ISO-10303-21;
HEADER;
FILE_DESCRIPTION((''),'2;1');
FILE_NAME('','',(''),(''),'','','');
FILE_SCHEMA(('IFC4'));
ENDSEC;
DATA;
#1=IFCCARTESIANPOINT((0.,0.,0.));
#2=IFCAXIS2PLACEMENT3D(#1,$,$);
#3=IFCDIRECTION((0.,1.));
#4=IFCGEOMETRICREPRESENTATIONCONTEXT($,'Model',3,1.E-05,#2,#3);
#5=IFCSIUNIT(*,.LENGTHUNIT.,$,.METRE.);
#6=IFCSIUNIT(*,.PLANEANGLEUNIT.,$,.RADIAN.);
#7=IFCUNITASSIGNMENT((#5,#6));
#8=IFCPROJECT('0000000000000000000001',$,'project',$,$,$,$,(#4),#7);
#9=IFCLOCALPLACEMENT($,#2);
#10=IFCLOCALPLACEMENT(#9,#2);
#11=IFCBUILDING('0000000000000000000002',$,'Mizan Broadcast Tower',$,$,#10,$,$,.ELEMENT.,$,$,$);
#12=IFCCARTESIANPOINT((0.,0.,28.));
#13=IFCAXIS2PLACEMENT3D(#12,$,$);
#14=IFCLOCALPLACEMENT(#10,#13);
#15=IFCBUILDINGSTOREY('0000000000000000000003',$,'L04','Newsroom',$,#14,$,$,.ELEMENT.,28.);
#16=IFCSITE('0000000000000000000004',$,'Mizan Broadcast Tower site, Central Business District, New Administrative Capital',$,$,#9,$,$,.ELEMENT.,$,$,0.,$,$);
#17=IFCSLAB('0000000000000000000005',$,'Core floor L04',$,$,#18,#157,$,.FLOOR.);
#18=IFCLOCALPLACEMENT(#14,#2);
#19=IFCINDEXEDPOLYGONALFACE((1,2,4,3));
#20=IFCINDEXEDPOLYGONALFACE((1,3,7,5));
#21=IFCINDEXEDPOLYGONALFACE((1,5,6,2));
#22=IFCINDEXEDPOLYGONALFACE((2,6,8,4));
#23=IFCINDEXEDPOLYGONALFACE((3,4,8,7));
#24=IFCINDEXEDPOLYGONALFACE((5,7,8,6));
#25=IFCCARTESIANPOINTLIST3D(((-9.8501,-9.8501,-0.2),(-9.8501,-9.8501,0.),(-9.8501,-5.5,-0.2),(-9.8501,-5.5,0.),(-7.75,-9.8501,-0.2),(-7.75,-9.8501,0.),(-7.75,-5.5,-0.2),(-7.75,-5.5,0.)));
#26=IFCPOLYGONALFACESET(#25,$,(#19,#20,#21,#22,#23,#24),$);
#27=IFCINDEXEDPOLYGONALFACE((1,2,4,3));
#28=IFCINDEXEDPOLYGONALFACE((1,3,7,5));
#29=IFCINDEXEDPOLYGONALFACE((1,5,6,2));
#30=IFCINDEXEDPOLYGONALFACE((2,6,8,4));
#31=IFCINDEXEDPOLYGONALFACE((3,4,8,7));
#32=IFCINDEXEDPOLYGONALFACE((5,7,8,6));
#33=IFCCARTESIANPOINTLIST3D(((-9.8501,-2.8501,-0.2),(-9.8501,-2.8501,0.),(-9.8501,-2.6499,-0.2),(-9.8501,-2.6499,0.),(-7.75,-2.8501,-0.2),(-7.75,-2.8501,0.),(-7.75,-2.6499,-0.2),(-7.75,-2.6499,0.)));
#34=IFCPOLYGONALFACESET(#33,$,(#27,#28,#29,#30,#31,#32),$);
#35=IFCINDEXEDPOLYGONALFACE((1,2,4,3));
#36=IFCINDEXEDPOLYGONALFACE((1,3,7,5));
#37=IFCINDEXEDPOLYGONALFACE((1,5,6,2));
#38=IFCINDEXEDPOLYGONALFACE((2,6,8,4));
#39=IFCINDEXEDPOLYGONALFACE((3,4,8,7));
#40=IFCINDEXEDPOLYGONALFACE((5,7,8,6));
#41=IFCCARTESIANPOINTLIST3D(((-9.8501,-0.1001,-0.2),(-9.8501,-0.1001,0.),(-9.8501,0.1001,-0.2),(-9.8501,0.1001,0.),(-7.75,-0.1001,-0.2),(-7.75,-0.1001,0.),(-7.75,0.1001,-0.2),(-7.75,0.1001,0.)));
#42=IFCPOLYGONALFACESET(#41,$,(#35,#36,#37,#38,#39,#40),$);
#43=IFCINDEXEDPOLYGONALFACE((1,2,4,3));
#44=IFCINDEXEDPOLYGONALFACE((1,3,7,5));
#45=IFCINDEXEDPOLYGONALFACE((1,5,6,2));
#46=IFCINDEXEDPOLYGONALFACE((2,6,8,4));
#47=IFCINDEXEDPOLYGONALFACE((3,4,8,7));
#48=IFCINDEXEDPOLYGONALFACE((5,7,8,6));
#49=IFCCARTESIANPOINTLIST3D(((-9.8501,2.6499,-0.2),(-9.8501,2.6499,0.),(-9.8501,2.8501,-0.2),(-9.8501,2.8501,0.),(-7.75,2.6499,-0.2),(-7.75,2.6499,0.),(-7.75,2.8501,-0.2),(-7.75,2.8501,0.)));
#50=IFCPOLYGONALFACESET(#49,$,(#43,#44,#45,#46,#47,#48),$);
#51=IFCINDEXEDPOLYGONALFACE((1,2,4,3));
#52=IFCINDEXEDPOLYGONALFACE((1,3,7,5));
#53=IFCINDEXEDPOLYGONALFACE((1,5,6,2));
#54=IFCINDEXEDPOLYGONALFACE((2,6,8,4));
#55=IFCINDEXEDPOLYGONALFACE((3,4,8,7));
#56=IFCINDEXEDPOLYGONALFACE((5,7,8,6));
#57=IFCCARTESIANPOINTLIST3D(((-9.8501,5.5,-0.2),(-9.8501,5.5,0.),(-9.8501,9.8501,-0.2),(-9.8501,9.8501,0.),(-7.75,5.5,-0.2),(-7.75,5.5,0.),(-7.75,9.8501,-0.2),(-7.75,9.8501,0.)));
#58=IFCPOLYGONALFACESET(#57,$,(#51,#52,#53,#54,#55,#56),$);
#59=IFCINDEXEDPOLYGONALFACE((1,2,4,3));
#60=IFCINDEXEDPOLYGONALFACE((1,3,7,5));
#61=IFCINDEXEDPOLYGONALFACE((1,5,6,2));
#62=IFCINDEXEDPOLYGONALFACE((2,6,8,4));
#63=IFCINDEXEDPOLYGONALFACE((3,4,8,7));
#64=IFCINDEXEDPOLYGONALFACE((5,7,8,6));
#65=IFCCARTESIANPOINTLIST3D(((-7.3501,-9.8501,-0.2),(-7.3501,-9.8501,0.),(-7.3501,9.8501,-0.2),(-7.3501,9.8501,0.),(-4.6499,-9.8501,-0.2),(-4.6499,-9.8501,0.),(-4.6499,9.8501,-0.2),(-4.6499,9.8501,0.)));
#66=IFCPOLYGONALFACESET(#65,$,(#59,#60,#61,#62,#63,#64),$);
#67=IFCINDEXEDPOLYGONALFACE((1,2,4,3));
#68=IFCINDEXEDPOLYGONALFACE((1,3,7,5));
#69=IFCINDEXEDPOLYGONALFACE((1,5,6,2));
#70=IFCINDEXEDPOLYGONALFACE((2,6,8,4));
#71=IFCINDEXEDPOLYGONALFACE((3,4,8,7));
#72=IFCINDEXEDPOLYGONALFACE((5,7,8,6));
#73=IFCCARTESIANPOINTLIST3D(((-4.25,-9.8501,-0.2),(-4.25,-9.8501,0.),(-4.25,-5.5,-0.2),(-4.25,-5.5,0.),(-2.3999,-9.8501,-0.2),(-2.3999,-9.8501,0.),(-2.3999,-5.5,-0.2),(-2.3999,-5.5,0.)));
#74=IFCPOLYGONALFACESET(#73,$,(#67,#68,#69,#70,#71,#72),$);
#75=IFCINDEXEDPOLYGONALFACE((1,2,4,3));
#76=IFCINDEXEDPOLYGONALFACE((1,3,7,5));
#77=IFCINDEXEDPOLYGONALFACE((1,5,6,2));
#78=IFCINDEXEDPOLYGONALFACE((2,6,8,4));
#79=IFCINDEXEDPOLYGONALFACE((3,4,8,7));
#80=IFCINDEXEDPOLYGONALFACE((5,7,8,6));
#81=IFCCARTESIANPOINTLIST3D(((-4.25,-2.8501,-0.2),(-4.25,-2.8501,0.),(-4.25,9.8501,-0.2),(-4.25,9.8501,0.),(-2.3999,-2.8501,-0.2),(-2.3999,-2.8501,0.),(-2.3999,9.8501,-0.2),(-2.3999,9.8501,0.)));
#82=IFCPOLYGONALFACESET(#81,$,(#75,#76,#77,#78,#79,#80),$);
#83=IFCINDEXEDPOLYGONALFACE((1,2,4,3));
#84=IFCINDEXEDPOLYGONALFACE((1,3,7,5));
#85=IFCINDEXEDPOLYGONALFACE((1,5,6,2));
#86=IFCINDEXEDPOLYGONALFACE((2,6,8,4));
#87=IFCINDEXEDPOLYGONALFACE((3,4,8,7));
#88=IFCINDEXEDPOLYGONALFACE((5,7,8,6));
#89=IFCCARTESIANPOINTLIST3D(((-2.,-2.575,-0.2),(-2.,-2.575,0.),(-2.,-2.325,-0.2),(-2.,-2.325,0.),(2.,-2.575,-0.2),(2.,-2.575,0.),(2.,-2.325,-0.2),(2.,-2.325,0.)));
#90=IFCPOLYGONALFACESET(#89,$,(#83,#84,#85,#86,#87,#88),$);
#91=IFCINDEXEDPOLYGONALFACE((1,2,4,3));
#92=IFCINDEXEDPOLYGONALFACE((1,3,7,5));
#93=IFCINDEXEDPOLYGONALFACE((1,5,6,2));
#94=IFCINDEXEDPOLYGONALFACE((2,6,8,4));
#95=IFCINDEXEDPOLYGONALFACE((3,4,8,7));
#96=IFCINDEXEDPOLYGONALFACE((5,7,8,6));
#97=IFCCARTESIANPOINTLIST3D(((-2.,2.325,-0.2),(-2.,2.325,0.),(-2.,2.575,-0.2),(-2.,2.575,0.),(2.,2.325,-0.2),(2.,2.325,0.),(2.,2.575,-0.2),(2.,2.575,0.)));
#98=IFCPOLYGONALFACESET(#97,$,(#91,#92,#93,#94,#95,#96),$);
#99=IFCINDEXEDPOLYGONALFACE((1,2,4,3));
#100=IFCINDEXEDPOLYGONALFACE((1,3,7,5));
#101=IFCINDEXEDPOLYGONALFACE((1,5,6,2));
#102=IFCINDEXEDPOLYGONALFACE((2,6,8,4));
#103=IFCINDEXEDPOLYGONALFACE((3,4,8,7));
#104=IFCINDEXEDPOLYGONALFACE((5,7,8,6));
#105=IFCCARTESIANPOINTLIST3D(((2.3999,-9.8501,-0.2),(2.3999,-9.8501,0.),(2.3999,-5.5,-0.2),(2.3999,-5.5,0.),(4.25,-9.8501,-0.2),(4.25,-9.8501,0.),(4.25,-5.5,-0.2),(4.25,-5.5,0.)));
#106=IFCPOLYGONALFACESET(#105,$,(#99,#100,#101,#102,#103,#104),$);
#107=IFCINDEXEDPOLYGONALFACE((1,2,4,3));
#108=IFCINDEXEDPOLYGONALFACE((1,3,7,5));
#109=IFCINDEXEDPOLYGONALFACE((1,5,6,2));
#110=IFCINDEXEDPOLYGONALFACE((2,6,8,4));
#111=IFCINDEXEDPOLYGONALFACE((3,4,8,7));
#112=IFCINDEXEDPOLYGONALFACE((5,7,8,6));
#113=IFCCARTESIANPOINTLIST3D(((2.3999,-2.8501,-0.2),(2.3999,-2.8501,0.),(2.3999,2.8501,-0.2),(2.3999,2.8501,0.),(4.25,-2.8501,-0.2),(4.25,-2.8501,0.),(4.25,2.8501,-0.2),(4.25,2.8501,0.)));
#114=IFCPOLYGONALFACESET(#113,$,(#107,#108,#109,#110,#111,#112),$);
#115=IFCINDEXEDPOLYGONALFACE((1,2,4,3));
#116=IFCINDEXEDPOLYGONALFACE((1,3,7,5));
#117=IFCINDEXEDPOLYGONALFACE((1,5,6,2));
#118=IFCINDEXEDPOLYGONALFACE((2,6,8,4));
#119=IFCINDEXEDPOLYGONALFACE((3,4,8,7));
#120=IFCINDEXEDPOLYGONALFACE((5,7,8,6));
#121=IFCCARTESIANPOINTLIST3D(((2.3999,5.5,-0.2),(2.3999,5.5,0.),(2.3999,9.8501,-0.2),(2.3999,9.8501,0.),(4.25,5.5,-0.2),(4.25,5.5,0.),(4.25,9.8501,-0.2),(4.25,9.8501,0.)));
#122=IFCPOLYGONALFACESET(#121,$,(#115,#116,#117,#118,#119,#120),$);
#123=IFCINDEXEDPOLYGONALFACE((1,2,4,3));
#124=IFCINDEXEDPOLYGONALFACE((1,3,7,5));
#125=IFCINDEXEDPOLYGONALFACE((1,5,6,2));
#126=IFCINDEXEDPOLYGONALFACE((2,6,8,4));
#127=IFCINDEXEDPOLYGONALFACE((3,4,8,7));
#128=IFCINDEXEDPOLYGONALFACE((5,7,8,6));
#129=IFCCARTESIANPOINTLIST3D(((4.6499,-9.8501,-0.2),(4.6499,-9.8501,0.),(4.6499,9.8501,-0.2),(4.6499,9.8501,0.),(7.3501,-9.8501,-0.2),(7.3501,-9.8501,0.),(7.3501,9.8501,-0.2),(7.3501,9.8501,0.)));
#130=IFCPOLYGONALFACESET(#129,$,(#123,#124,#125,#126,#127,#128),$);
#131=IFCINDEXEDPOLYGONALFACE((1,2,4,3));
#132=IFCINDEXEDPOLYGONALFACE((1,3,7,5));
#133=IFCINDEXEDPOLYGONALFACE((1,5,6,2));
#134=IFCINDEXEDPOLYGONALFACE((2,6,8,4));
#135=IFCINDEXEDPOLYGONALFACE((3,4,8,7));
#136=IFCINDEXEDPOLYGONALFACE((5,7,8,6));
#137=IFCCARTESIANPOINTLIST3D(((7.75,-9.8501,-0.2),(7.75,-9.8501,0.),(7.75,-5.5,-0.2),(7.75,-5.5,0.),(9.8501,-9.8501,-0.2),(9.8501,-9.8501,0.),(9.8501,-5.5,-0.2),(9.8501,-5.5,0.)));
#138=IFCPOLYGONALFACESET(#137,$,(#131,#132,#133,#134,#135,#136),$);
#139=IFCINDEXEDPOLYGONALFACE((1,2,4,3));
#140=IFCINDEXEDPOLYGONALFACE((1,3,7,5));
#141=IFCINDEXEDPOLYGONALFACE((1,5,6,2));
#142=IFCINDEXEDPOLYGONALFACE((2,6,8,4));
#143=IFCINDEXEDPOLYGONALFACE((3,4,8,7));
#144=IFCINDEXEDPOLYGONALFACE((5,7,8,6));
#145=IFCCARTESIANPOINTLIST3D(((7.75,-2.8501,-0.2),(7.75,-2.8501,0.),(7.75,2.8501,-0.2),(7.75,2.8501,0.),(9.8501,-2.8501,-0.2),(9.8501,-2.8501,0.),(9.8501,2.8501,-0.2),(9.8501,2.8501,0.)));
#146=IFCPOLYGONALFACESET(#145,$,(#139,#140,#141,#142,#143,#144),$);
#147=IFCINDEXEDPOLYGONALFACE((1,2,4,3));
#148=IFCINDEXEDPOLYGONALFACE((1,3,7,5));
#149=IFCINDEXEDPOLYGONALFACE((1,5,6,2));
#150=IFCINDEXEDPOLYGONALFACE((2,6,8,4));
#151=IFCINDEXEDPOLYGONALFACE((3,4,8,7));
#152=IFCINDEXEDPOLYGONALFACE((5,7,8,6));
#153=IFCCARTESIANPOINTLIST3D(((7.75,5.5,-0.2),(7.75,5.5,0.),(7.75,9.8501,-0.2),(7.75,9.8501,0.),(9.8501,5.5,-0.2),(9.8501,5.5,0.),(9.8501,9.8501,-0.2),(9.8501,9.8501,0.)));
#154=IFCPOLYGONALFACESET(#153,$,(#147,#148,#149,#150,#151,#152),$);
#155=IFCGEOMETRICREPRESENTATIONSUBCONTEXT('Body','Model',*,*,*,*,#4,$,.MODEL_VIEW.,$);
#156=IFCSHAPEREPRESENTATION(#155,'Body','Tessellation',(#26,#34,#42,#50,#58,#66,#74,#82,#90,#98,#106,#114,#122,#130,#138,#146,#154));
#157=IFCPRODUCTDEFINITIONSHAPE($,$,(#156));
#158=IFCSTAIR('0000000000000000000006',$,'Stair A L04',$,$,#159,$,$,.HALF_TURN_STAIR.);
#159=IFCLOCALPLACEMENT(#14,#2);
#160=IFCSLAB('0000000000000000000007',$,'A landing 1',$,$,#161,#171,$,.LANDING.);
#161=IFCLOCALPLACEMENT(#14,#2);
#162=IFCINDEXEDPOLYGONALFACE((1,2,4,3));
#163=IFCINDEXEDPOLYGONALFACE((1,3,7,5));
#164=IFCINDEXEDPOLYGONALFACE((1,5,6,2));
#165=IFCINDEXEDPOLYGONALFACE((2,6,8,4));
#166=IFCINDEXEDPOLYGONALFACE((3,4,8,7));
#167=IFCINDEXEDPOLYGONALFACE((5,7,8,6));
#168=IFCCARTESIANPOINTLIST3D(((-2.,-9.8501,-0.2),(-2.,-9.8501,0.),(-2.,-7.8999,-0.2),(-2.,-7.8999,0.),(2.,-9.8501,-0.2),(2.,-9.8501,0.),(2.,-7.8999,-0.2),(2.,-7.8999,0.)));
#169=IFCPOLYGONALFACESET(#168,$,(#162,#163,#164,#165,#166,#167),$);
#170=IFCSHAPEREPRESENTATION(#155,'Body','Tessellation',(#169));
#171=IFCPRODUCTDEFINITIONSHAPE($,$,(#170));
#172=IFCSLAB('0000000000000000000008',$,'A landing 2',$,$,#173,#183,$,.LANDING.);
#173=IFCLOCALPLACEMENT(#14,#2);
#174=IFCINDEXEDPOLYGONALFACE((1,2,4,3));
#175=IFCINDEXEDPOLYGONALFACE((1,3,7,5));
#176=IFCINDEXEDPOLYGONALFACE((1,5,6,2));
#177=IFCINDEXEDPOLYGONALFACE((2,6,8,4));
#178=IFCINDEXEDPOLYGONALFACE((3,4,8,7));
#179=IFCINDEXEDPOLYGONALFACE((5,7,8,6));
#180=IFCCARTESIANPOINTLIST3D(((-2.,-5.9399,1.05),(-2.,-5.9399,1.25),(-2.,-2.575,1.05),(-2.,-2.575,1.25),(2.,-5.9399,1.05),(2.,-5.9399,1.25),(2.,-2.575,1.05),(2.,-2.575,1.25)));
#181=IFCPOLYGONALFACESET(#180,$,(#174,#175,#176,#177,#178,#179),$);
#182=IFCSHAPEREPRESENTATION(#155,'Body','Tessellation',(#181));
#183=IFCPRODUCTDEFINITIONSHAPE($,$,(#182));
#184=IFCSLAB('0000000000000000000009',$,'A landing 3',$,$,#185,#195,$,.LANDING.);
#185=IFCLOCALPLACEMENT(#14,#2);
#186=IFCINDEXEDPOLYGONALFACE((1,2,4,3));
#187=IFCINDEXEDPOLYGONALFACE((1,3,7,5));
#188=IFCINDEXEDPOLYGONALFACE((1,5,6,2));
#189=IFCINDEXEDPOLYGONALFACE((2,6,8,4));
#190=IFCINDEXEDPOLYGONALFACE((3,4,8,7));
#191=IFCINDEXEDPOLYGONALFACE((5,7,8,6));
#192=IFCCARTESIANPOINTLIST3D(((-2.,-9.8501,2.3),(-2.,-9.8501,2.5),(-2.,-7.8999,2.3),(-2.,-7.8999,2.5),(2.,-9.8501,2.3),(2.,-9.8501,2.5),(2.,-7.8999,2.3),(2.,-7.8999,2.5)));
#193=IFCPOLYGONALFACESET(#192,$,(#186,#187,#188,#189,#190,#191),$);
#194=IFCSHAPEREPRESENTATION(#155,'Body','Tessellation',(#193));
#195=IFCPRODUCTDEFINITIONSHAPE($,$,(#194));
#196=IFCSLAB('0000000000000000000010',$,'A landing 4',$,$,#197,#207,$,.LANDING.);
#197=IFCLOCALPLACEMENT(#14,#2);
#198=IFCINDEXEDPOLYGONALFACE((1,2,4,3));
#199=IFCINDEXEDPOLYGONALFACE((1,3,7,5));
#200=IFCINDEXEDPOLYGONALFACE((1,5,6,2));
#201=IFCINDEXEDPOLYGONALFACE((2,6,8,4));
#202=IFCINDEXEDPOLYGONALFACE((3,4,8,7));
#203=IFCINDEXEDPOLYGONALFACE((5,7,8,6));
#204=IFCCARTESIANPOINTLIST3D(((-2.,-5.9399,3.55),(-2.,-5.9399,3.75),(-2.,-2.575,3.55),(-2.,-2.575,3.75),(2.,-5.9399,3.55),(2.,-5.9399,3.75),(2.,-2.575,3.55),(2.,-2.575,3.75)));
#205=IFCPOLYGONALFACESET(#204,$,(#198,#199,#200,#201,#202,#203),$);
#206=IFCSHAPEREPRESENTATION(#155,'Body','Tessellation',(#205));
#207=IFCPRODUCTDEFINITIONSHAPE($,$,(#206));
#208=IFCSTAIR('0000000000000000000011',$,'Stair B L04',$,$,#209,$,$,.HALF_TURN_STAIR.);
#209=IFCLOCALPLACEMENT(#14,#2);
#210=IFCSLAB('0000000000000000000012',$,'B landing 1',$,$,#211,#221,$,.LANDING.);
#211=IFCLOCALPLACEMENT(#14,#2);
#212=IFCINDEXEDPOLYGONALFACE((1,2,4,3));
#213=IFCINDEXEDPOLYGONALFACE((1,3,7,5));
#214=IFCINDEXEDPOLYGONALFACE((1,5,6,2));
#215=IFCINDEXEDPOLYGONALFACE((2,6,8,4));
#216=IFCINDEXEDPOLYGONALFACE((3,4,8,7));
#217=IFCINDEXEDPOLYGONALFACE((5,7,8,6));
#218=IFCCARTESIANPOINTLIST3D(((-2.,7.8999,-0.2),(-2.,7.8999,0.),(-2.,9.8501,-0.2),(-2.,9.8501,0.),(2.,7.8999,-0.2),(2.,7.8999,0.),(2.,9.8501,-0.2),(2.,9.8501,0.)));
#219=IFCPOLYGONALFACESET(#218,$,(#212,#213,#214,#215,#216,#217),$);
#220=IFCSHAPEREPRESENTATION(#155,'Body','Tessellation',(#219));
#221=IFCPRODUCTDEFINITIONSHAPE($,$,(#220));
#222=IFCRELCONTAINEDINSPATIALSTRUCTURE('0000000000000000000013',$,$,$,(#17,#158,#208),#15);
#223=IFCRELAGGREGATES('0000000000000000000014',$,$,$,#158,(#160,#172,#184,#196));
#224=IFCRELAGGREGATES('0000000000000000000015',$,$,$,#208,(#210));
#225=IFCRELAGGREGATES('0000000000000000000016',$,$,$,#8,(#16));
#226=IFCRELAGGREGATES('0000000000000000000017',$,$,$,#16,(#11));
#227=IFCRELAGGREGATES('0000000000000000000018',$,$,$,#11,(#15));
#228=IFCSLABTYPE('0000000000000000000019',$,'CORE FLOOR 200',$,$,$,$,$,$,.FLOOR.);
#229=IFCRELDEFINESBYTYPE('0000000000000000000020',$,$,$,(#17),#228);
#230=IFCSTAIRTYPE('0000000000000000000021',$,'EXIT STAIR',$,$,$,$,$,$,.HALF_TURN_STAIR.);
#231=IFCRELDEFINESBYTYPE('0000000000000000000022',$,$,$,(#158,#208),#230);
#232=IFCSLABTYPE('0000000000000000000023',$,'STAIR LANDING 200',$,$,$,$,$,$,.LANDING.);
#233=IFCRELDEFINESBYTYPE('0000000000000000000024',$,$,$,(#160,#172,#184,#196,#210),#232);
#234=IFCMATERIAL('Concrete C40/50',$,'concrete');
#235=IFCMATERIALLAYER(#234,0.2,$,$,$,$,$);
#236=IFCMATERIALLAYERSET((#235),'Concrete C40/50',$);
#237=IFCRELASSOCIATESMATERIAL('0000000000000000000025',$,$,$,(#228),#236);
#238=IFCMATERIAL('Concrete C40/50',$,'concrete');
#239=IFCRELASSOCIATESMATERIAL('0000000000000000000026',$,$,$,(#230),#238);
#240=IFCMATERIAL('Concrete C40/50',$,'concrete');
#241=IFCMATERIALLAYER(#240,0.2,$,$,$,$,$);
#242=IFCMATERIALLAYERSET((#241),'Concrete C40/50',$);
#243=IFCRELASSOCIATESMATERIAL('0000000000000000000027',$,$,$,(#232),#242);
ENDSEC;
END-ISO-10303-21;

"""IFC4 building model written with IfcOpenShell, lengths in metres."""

from ifc_helpers import new_model, si_unit, direction, frame, origin, place, context, subcontext, project, spatial, polyline, outline, extrude, material, layer, layer_set, type_object, element, aggregate, save


model = new_model("IFC4")

# Units and contexts
model_context = context("Model", 3, precision=1e-05, world=origin(), true_north=direction((0.0, 1.0)))
body_context = subcontext(model_context, "Body", "Model", "MODEL_VIEW")
ifc_project = project(units=[si_unit("LENGTHUNIT", "METRE"), si_unit("PLANEANGLEUNIT", "RADIAN")], contexts=[model_context])

# Site, building, storey
site_placement = place(None, origin())
site = spatial("IfcSite", under=ifc_project, at=site_placement, Name="Mizan Broadcast Tower site, Central Business District, New Administrative Capital", CompositionType="ELEMENT", RefElevation=0.0)
building_placement = place(site_placement, origin())
building = spatial("IfcBuilding", under=site, at=building_placement, Name="Mizan Broadcast Tower", CompositionType="ELEMENT")
storey_placement = place(building_placement, frame((0.0, 0.0, 28.0)))
storey = spatial("IfcBuildingStorey", under=building, at=storey_placement, Name="L04", Description="Newsroom", CompositionType="ELEMENT", Elevation=28.0)

# Slab
ifc_material_1 = material(Name="Concrete C40/50", Category="concrete")
ifc_layer_1 = layer(ifc_material_1, 0.2)
ifc_layer_set_1 = layer_set([ifc_layer_1], Name="Concrete C40/50")
slab_type_1 = type_object("IfcSlabType", Name="CORE FLOOR 200", PredefinedType="FLOOR", material=ifc_layer_set_1)
slab_1_placement = place(storey_placement, frame((0.0, 0.0, -0.2)))
element("IfcSlab", 1, at=slab_1_placement, inside=storey, type_object=slab_type_1, Name="Core floor L04", PredefinedType="FLOOR", context=body_context, shape_type="SweptSolid", body=[
    extrude(outline(polyline([(-9.8501, -9.8501), (-7.75, -9.8501), (-7.75, -5.5), (-9.8501, -5.5), (-9.8501, -9.8501)])), origin(), (0.0, 0.0, 1.0), 0.2),
    extrude(outline(polyline([(-9.8501, -2.8501), (-7.75, -2.8501), (-7.75, -2.6499), (-9.8501, -2.6499), (-9.8501, -2.8501)])), origin(), (0.0, 0.0, 1.0), 0.2),
    extrude(outline(polyline([(-9.8501, -0.1001), (-7.75, -0.1001), (-7.75, 0.1001), (-9.8501, 0.1001), (-9.8501, -0.1001)])), origin(), (0.0, 0.0, 1.0), 0.2),
    extrude(outline(polyline([(-9.8501, 2.6499), (-7.75, 2.6499), (-7.75, 2.8501), (-9.8501, 2.8501), (-9.8501, 2.6499)])), origin(), (0.0, 0.0, 1.0), 0.2),
    extrude(outline(polyline([(-9.8501, 5.5), (-7.75, 5.5), (-7.75, 9.8501), (-9.8501, 9.8501), (-9.8501, 5.5)])), origin(), (0.0, 0.0, 1.0), 0.2),
    extrude(outline(polyline([(-4.6499, 9.8501), (-7.3501, 9.8501), (-7.3501, -9.8501), (-4.6499, -9.8501), (-4.6499, 9.8501)])), origin(), (0.0, 0.0, 1.0), 0.2),
    extrude(outline(polyline([(-4.25, -5.5), (-4.25, -9.8501), (-2.3999, -9.8501), (-2.3999, -5.5), (-4.25, -5.5)])), origin(), (0.0, 0.0, 1.0), 0.2),
    extrude(outline(polyline([(-4.25, -2.8501), (-2.3999, -2.8501), (-2.3999, 9.8501), (-4.25, 9.8501), (-4.25, -2.8501)])), origin(), (0.0, 0.0, 1.0), 0.2),
    extrude(outline(polyline([(2.0, -2.325), (-2.0, -2.325), (-2.0, -2.575), (2.0, -2.575), (2.0, -2.325)])), origin(), (0.0, 0.0, 1.0), 0.2),
    extrude(outline(polyline([(2.0, 2.575), (-2.0, 2.575), (-2.0, 2.325), (2.0, 2.325), (2.0, 2.575)])), origin(), (0.0, 0.0, 1.0), 0.2),
    extrude(outline(polyline([(4.25, -9.8501), (4.25, -5.5), (2.3999, -5.5), (2.3999, -9.8501), (4.25, -9.8501)])), origin(), (0.0, 0.0, 1.0), 0.2),
    extrude(outline(polyline([(4.25, -2.8501), (4.25, 2.8501), (2.3999, 2.8501), (2.3999, -2.8501), (4.25, -2.8501)])), origin(), (0.0, 0.0, 1.0), 0.2),
    extrude(outline(polyline([(4.25, 5.5), (4.25, 9.8501), (2.3999, 9.8501), (2.3999, 5.5), (4.25, 5.5)])), origin(), (0.0, 0.0, 1.0), 0.2),
    extrude(outline(polyline([(4.6499, 9.8501), (4.6499, -9.8501), (7.3501, -9.8501), (7.3501, 9.8501), (4.6499, 9.8501)])), origin(), (0.0, 0.0, 1.0), 0.2),
    extrude(outline(polyline([(9.8501, -9.8501), (9.8501, -5.5), (7.75, -5.5), (7.75, -9.8501), (9.8501, -9.8501)])), origin(), (0.0, 0.0, 1.0), 0.2),
    extrude(outline(polyline([(7.75, 2.8501), (7.75, -2.8501), (9.8501, -2.8501), (9.8501, 2.8501), (7.75, 2.8501)])), origin(), (0.0, 0.0, 1.0), 0.2),
    extrude(outline(polyline([(9.8501, 5.5), (9.8501, 9.8501), (7.75, 9.8501), (7.75, 5.5), (9.8501, 5.5)])), origin(), (0.0, 0.0, 1.0), 0.2),
])

# Stairs, slabs
ifc_material_2 = material(Name="Concrete C40/50", Category="concrete")
stair_type = type_object("IfcStairType", Name="EXIT STAIR", PredefinedType="HALF_TURN_STAIR", material=ifc_material_2)
stair_1_placement = place(storey_placement, origin())
stair_1 = element("IfcStair", 2, at=stair_1_placement, inside=storey, type_object=stair_type, Name="Stair A L04", PredefinedType="HALF_TURN_STAIR")
ifc_material_3 = material(Name="Concrete C40/50", Category="concrete")
ifc_layer_2 = layer(ifc_material_3, 0.2)
ifc_layer_set_2 = layer_set([ifc_layer_2], Name="Concrete C40/50")
slab_type_2 = type_object("IfcSlabType", Name="STAIR LANDING 200", PredefinedType="LANDING", material=ifc_layer_set_2)
slab_2_placement = place(storey_placement, frame((0.0, 0.0, -0.2)))
slab_2 = element("IfcSlab", 3, at=slab_2_placement, type_object=slab_type_2, Name="A landing 1", PredefinedType="LANDING", context=body_context, shape_type="SweptSolid", body=[
    extrude(outline(polyline([(-2.0, -9.8501), (-2.0, -7.8999), (2.0, -7.8999), (2.0, -9.8501), (-2.0, -9.8501)])), origin(), (0.0, 0.0, 1.0), 0.2),
])
slab_3_placement = place(storey_placement, frame((0.0, 0.0, 1.05)))
slab_3 = element("IfcSlab", 4, at=slab_3_placement, type_object=slab_type_2, Name="A landing 2", PredefinedType="LANDING", context=body_context, shape_type="SweptSolid", body=[
    extrude(outline(polyline([(-2.0, -5.9399), (-2.0, -2.575), (2.0, -2.575), (2.0, -5.9399), (-2.0, -5.9399)])), origin(), (0.0, 0.0, 1.0), 0.2),
])
slab_4_placement = place(storey_placement, frame((0.0, 0.0, 2.3)))
slab_4 = element("IfcSlab", 5, at=slab_4_placement, type_object=slab_type_2, Name="A landing 3", PredefinedType="LANDING", context=body_context, shape_type="SweptSolid", body=[
    extrude(outline(polyline([(-2.0, -9.8501), (-2.0, -7.8999), (2.0, -7.8999), (2.0, -9.8501), (-2.0, -9.8501)])), origin(), (0.0, 0.0, 1.0), 0.2),
])
slab_5_placement = place(storey_placement, frame((0.0, 0.0, 3.55)))
slab_5 = element("IfcSlab", 6, at=slab_5_placement, type_object=slab_type_2, Name="A landing 4", PredefinedType="LANDING", context=body_context, shape_type="SweptSolid", body=[
    extrude(outline(polyline([(-2.0, -5.9399), (-2.0, -2.575), (2.0, -2.575), (2.0, -5.9399), (-2.0, -5.9399)])), origin(), (0.0, 0.0, 1.0), 0.2),
])
aggregate(stair_1, [slab_2, slab_3, slab_4, slab_5])
stair_2_placement = place(storey_placement, origin())
stair_2 = element("IfcStair", 7, at=stair_2_placement, inside=storey, type_object=stair_type, Name="Stair B L04", PredefinedType="HALF_TURN_STAIR")
slab_6_placement = place(storey_placement, frame((0.0, 0.0, -0.2)))
slab_6 = element("IfcSlab", 8, at=slab_6_placement, type_object=slab_type_2, Name="B landing 1", PredefinedType="LANDING", context=body_context, shape_type="SweptSolid", body=[
    extrude(outline(polyline([(2.0, 9.8501), (2.0, 7.8999), (-2.0, 7.8999), (-2.0, 9.8501), (2.0, 9.8501)])), origin(), (0.0, 0.0, 1.0), 0.2),
])
aggregate(stair_2, [slab_6])

save(model, "model.ifc")
